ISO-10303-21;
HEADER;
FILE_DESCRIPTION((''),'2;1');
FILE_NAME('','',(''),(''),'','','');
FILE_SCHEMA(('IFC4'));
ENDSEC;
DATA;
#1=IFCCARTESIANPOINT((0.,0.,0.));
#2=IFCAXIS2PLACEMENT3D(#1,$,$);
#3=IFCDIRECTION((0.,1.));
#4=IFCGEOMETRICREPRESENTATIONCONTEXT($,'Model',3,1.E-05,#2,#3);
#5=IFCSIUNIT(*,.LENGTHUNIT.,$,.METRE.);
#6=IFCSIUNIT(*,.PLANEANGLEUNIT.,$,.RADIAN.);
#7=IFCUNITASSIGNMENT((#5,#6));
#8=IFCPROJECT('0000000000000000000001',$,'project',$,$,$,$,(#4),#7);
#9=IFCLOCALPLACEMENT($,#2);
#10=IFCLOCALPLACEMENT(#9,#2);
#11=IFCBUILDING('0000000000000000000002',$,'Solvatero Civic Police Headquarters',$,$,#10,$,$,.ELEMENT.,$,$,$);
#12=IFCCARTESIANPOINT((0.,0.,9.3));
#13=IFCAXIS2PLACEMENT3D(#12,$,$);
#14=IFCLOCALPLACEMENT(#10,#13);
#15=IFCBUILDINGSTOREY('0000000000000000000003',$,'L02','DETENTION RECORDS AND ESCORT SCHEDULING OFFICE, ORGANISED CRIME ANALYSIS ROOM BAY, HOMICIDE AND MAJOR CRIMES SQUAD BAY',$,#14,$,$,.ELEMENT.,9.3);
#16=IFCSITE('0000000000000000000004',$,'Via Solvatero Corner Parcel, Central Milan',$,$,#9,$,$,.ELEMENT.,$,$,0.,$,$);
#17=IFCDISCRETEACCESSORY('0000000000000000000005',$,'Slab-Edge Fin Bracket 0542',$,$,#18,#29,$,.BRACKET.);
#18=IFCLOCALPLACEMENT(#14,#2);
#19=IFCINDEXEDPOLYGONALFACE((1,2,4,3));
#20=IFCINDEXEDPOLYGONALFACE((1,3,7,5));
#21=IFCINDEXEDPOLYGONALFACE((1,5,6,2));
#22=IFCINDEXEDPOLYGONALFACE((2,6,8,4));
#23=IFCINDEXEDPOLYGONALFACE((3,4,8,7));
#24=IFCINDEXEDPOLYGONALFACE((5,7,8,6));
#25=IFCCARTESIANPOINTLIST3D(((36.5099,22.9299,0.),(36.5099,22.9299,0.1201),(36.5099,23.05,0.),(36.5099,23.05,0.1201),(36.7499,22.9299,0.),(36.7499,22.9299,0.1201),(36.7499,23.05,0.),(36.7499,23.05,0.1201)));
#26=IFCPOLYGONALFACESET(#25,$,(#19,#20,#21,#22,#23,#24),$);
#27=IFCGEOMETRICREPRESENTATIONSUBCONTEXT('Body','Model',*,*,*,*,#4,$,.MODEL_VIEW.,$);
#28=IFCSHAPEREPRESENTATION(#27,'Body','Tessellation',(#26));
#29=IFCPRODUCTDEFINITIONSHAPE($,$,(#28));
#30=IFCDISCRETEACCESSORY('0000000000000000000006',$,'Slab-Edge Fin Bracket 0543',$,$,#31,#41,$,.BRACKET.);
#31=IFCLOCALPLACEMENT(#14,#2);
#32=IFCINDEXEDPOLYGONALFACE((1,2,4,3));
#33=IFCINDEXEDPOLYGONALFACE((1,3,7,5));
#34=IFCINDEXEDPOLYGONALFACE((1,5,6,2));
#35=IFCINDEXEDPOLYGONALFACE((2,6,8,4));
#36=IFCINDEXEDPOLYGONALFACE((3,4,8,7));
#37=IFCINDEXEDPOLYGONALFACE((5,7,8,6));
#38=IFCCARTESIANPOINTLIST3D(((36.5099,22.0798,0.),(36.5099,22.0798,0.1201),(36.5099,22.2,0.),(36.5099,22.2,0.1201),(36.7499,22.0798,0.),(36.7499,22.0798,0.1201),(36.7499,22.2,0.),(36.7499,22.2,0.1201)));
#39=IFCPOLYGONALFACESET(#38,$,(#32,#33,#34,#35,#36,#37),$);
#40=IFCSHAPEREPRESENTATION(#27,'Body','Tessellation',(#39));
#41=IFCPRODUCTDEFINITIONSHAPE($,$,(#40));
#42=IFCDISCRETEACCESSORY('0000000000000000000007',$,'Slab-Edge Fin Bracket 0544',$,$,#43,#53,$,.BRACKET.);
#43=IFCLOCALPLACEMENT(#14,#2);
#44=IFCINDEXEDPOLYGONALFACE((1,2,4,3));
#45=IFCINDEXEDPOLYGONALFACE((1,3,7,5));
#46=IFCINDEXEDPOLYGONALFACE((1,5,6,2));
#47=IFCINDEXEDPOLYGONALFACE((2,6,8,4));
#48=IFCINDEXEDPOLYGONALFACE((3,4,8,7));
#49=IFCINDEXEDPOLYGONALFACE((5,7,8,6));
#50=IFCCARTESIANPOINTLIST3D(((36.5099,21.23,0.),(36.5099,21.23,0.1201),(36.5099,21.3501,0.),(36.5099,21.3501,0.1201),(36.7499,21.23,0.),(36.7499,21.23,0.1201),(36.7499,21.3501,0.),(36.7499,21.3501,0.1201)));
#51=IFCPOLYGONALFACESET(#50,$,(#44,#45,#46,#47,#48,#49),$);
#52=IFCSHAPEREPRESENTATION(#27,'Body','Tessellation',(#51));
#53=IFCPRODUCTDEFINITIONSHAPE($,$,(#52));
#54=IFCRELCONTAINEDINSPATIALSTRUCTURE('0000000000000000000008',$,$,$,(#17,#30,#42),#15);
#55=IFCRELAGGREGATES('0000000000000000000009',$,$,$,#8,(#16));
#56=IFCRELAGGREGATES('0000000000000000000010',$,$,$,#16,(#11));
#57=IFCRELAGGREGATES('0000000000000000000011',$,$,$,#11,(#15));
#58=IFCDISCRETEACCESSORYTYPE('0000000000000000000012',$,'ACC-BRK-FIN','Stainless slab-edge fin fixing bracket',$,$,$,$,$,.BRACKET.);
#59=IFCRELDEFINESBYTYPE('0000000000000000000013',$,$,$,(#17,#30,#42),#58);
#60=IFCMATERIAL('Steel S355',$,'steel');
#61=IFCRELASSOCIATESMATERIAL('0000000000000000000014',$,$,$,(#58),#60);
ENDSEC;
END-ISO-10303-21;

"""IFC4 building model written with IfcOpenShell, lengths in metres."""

from ifc_helpers import new_model, si_unit, direction, frame, origin, origin_2d, place, context, subcontext, project, spatial, rectangle, extrude, material, type_object, element, save


model = new_model("IFC4")

# Units and contexts
model_context = context("Model", 3, precision=1e-05, world=origin(), true_north=direction((0.0, 1.0)))
body_context = subcontext(model_context, "Body", "Model", "MODEL_VIEW")
ifc_project = project(units=[si_unit("LENGTHUNIT", "METRE"), si_unit("PLANEANGLEUNIT", "RADIAN")], contexts=[model_context])

# Site, building, storey
site_placement = place(None, origin())
site = spatial("IfcSite", under=ifc_project, at=site_placement, Name="Via Solvatero Corner Parcel, Central Milan", CompositionType="ELEMENT", RefElevation=0.0)
building_placement = place(site_placement, origin())
building = spatial("IfcBuilding", under=site, at=building_placement, Name="Solvatero Civic Police Headquarters", CompositionType="ELEMENT")
storey_placement = place(building_placement, frame((0.0, 0.0, 9.3)))
storey = spatial("IfcBuildingStorey", under=building, at=storey_placement, Name="L02", Description="DETENTION RECORDS AND ESCORT SCHEDULING OFFICE, ORGANISED CRIME ANALYSIS ROOM BAY, HOMICIDE AND MAJOR CRIMES SQUAD BAY", CompositionType="ELEMENT", Elevation=9.3)

# Shared definitions
ifc_material_1 = material(Name="Steel S355", Category="steel")

# Discrete accessories
discrete_accessory_type = type_object("IfcDiscreteAccessoryType", Name="ACC-BRK-FIN", Description="Stainless slab-edge fin fixing bracket", PredefinedType="BRACKET", material=ifc_material_1)
for number, where, z_axis, x_axis, name in (
    (1, (36.6299, 22.99, 0.0), (0.0, 0.0, 1.0), (0.0, -1.0, 0.0), "Slab-Edge Fin Bracket 0542"),
    (2, (36.6299, 22.1399, 0.0), (0.0, 0.0, 1.0), (0.0, -1.0, 0.0), "Slab-Edge Fin Bracket 0543"),
    (3, (36.6299, 21.29, 0.0), (0.0, 0.0, 1.0), (0.0, -1.0, 0.0), "Slab-Edge Fin Bracket 0544"),
):
    element("IfcDiscreteAccessory", number, at=place(storey_placement, frame(where, z_axis=z_axis, x_axis=x_axis)), inside=storey, type_object=discrete_accessory_type, Name=name, PredefinedType="BRACKET", context=body_context, shape_type="SweptSolid", body=[
        extrude(rectangle(XDim=0.1201, YDim=0.24, at=origin_2d()), origin(), (0.0, 0.0, 1.0), 0.1201),
    ])

save(model, "model.ifc")
